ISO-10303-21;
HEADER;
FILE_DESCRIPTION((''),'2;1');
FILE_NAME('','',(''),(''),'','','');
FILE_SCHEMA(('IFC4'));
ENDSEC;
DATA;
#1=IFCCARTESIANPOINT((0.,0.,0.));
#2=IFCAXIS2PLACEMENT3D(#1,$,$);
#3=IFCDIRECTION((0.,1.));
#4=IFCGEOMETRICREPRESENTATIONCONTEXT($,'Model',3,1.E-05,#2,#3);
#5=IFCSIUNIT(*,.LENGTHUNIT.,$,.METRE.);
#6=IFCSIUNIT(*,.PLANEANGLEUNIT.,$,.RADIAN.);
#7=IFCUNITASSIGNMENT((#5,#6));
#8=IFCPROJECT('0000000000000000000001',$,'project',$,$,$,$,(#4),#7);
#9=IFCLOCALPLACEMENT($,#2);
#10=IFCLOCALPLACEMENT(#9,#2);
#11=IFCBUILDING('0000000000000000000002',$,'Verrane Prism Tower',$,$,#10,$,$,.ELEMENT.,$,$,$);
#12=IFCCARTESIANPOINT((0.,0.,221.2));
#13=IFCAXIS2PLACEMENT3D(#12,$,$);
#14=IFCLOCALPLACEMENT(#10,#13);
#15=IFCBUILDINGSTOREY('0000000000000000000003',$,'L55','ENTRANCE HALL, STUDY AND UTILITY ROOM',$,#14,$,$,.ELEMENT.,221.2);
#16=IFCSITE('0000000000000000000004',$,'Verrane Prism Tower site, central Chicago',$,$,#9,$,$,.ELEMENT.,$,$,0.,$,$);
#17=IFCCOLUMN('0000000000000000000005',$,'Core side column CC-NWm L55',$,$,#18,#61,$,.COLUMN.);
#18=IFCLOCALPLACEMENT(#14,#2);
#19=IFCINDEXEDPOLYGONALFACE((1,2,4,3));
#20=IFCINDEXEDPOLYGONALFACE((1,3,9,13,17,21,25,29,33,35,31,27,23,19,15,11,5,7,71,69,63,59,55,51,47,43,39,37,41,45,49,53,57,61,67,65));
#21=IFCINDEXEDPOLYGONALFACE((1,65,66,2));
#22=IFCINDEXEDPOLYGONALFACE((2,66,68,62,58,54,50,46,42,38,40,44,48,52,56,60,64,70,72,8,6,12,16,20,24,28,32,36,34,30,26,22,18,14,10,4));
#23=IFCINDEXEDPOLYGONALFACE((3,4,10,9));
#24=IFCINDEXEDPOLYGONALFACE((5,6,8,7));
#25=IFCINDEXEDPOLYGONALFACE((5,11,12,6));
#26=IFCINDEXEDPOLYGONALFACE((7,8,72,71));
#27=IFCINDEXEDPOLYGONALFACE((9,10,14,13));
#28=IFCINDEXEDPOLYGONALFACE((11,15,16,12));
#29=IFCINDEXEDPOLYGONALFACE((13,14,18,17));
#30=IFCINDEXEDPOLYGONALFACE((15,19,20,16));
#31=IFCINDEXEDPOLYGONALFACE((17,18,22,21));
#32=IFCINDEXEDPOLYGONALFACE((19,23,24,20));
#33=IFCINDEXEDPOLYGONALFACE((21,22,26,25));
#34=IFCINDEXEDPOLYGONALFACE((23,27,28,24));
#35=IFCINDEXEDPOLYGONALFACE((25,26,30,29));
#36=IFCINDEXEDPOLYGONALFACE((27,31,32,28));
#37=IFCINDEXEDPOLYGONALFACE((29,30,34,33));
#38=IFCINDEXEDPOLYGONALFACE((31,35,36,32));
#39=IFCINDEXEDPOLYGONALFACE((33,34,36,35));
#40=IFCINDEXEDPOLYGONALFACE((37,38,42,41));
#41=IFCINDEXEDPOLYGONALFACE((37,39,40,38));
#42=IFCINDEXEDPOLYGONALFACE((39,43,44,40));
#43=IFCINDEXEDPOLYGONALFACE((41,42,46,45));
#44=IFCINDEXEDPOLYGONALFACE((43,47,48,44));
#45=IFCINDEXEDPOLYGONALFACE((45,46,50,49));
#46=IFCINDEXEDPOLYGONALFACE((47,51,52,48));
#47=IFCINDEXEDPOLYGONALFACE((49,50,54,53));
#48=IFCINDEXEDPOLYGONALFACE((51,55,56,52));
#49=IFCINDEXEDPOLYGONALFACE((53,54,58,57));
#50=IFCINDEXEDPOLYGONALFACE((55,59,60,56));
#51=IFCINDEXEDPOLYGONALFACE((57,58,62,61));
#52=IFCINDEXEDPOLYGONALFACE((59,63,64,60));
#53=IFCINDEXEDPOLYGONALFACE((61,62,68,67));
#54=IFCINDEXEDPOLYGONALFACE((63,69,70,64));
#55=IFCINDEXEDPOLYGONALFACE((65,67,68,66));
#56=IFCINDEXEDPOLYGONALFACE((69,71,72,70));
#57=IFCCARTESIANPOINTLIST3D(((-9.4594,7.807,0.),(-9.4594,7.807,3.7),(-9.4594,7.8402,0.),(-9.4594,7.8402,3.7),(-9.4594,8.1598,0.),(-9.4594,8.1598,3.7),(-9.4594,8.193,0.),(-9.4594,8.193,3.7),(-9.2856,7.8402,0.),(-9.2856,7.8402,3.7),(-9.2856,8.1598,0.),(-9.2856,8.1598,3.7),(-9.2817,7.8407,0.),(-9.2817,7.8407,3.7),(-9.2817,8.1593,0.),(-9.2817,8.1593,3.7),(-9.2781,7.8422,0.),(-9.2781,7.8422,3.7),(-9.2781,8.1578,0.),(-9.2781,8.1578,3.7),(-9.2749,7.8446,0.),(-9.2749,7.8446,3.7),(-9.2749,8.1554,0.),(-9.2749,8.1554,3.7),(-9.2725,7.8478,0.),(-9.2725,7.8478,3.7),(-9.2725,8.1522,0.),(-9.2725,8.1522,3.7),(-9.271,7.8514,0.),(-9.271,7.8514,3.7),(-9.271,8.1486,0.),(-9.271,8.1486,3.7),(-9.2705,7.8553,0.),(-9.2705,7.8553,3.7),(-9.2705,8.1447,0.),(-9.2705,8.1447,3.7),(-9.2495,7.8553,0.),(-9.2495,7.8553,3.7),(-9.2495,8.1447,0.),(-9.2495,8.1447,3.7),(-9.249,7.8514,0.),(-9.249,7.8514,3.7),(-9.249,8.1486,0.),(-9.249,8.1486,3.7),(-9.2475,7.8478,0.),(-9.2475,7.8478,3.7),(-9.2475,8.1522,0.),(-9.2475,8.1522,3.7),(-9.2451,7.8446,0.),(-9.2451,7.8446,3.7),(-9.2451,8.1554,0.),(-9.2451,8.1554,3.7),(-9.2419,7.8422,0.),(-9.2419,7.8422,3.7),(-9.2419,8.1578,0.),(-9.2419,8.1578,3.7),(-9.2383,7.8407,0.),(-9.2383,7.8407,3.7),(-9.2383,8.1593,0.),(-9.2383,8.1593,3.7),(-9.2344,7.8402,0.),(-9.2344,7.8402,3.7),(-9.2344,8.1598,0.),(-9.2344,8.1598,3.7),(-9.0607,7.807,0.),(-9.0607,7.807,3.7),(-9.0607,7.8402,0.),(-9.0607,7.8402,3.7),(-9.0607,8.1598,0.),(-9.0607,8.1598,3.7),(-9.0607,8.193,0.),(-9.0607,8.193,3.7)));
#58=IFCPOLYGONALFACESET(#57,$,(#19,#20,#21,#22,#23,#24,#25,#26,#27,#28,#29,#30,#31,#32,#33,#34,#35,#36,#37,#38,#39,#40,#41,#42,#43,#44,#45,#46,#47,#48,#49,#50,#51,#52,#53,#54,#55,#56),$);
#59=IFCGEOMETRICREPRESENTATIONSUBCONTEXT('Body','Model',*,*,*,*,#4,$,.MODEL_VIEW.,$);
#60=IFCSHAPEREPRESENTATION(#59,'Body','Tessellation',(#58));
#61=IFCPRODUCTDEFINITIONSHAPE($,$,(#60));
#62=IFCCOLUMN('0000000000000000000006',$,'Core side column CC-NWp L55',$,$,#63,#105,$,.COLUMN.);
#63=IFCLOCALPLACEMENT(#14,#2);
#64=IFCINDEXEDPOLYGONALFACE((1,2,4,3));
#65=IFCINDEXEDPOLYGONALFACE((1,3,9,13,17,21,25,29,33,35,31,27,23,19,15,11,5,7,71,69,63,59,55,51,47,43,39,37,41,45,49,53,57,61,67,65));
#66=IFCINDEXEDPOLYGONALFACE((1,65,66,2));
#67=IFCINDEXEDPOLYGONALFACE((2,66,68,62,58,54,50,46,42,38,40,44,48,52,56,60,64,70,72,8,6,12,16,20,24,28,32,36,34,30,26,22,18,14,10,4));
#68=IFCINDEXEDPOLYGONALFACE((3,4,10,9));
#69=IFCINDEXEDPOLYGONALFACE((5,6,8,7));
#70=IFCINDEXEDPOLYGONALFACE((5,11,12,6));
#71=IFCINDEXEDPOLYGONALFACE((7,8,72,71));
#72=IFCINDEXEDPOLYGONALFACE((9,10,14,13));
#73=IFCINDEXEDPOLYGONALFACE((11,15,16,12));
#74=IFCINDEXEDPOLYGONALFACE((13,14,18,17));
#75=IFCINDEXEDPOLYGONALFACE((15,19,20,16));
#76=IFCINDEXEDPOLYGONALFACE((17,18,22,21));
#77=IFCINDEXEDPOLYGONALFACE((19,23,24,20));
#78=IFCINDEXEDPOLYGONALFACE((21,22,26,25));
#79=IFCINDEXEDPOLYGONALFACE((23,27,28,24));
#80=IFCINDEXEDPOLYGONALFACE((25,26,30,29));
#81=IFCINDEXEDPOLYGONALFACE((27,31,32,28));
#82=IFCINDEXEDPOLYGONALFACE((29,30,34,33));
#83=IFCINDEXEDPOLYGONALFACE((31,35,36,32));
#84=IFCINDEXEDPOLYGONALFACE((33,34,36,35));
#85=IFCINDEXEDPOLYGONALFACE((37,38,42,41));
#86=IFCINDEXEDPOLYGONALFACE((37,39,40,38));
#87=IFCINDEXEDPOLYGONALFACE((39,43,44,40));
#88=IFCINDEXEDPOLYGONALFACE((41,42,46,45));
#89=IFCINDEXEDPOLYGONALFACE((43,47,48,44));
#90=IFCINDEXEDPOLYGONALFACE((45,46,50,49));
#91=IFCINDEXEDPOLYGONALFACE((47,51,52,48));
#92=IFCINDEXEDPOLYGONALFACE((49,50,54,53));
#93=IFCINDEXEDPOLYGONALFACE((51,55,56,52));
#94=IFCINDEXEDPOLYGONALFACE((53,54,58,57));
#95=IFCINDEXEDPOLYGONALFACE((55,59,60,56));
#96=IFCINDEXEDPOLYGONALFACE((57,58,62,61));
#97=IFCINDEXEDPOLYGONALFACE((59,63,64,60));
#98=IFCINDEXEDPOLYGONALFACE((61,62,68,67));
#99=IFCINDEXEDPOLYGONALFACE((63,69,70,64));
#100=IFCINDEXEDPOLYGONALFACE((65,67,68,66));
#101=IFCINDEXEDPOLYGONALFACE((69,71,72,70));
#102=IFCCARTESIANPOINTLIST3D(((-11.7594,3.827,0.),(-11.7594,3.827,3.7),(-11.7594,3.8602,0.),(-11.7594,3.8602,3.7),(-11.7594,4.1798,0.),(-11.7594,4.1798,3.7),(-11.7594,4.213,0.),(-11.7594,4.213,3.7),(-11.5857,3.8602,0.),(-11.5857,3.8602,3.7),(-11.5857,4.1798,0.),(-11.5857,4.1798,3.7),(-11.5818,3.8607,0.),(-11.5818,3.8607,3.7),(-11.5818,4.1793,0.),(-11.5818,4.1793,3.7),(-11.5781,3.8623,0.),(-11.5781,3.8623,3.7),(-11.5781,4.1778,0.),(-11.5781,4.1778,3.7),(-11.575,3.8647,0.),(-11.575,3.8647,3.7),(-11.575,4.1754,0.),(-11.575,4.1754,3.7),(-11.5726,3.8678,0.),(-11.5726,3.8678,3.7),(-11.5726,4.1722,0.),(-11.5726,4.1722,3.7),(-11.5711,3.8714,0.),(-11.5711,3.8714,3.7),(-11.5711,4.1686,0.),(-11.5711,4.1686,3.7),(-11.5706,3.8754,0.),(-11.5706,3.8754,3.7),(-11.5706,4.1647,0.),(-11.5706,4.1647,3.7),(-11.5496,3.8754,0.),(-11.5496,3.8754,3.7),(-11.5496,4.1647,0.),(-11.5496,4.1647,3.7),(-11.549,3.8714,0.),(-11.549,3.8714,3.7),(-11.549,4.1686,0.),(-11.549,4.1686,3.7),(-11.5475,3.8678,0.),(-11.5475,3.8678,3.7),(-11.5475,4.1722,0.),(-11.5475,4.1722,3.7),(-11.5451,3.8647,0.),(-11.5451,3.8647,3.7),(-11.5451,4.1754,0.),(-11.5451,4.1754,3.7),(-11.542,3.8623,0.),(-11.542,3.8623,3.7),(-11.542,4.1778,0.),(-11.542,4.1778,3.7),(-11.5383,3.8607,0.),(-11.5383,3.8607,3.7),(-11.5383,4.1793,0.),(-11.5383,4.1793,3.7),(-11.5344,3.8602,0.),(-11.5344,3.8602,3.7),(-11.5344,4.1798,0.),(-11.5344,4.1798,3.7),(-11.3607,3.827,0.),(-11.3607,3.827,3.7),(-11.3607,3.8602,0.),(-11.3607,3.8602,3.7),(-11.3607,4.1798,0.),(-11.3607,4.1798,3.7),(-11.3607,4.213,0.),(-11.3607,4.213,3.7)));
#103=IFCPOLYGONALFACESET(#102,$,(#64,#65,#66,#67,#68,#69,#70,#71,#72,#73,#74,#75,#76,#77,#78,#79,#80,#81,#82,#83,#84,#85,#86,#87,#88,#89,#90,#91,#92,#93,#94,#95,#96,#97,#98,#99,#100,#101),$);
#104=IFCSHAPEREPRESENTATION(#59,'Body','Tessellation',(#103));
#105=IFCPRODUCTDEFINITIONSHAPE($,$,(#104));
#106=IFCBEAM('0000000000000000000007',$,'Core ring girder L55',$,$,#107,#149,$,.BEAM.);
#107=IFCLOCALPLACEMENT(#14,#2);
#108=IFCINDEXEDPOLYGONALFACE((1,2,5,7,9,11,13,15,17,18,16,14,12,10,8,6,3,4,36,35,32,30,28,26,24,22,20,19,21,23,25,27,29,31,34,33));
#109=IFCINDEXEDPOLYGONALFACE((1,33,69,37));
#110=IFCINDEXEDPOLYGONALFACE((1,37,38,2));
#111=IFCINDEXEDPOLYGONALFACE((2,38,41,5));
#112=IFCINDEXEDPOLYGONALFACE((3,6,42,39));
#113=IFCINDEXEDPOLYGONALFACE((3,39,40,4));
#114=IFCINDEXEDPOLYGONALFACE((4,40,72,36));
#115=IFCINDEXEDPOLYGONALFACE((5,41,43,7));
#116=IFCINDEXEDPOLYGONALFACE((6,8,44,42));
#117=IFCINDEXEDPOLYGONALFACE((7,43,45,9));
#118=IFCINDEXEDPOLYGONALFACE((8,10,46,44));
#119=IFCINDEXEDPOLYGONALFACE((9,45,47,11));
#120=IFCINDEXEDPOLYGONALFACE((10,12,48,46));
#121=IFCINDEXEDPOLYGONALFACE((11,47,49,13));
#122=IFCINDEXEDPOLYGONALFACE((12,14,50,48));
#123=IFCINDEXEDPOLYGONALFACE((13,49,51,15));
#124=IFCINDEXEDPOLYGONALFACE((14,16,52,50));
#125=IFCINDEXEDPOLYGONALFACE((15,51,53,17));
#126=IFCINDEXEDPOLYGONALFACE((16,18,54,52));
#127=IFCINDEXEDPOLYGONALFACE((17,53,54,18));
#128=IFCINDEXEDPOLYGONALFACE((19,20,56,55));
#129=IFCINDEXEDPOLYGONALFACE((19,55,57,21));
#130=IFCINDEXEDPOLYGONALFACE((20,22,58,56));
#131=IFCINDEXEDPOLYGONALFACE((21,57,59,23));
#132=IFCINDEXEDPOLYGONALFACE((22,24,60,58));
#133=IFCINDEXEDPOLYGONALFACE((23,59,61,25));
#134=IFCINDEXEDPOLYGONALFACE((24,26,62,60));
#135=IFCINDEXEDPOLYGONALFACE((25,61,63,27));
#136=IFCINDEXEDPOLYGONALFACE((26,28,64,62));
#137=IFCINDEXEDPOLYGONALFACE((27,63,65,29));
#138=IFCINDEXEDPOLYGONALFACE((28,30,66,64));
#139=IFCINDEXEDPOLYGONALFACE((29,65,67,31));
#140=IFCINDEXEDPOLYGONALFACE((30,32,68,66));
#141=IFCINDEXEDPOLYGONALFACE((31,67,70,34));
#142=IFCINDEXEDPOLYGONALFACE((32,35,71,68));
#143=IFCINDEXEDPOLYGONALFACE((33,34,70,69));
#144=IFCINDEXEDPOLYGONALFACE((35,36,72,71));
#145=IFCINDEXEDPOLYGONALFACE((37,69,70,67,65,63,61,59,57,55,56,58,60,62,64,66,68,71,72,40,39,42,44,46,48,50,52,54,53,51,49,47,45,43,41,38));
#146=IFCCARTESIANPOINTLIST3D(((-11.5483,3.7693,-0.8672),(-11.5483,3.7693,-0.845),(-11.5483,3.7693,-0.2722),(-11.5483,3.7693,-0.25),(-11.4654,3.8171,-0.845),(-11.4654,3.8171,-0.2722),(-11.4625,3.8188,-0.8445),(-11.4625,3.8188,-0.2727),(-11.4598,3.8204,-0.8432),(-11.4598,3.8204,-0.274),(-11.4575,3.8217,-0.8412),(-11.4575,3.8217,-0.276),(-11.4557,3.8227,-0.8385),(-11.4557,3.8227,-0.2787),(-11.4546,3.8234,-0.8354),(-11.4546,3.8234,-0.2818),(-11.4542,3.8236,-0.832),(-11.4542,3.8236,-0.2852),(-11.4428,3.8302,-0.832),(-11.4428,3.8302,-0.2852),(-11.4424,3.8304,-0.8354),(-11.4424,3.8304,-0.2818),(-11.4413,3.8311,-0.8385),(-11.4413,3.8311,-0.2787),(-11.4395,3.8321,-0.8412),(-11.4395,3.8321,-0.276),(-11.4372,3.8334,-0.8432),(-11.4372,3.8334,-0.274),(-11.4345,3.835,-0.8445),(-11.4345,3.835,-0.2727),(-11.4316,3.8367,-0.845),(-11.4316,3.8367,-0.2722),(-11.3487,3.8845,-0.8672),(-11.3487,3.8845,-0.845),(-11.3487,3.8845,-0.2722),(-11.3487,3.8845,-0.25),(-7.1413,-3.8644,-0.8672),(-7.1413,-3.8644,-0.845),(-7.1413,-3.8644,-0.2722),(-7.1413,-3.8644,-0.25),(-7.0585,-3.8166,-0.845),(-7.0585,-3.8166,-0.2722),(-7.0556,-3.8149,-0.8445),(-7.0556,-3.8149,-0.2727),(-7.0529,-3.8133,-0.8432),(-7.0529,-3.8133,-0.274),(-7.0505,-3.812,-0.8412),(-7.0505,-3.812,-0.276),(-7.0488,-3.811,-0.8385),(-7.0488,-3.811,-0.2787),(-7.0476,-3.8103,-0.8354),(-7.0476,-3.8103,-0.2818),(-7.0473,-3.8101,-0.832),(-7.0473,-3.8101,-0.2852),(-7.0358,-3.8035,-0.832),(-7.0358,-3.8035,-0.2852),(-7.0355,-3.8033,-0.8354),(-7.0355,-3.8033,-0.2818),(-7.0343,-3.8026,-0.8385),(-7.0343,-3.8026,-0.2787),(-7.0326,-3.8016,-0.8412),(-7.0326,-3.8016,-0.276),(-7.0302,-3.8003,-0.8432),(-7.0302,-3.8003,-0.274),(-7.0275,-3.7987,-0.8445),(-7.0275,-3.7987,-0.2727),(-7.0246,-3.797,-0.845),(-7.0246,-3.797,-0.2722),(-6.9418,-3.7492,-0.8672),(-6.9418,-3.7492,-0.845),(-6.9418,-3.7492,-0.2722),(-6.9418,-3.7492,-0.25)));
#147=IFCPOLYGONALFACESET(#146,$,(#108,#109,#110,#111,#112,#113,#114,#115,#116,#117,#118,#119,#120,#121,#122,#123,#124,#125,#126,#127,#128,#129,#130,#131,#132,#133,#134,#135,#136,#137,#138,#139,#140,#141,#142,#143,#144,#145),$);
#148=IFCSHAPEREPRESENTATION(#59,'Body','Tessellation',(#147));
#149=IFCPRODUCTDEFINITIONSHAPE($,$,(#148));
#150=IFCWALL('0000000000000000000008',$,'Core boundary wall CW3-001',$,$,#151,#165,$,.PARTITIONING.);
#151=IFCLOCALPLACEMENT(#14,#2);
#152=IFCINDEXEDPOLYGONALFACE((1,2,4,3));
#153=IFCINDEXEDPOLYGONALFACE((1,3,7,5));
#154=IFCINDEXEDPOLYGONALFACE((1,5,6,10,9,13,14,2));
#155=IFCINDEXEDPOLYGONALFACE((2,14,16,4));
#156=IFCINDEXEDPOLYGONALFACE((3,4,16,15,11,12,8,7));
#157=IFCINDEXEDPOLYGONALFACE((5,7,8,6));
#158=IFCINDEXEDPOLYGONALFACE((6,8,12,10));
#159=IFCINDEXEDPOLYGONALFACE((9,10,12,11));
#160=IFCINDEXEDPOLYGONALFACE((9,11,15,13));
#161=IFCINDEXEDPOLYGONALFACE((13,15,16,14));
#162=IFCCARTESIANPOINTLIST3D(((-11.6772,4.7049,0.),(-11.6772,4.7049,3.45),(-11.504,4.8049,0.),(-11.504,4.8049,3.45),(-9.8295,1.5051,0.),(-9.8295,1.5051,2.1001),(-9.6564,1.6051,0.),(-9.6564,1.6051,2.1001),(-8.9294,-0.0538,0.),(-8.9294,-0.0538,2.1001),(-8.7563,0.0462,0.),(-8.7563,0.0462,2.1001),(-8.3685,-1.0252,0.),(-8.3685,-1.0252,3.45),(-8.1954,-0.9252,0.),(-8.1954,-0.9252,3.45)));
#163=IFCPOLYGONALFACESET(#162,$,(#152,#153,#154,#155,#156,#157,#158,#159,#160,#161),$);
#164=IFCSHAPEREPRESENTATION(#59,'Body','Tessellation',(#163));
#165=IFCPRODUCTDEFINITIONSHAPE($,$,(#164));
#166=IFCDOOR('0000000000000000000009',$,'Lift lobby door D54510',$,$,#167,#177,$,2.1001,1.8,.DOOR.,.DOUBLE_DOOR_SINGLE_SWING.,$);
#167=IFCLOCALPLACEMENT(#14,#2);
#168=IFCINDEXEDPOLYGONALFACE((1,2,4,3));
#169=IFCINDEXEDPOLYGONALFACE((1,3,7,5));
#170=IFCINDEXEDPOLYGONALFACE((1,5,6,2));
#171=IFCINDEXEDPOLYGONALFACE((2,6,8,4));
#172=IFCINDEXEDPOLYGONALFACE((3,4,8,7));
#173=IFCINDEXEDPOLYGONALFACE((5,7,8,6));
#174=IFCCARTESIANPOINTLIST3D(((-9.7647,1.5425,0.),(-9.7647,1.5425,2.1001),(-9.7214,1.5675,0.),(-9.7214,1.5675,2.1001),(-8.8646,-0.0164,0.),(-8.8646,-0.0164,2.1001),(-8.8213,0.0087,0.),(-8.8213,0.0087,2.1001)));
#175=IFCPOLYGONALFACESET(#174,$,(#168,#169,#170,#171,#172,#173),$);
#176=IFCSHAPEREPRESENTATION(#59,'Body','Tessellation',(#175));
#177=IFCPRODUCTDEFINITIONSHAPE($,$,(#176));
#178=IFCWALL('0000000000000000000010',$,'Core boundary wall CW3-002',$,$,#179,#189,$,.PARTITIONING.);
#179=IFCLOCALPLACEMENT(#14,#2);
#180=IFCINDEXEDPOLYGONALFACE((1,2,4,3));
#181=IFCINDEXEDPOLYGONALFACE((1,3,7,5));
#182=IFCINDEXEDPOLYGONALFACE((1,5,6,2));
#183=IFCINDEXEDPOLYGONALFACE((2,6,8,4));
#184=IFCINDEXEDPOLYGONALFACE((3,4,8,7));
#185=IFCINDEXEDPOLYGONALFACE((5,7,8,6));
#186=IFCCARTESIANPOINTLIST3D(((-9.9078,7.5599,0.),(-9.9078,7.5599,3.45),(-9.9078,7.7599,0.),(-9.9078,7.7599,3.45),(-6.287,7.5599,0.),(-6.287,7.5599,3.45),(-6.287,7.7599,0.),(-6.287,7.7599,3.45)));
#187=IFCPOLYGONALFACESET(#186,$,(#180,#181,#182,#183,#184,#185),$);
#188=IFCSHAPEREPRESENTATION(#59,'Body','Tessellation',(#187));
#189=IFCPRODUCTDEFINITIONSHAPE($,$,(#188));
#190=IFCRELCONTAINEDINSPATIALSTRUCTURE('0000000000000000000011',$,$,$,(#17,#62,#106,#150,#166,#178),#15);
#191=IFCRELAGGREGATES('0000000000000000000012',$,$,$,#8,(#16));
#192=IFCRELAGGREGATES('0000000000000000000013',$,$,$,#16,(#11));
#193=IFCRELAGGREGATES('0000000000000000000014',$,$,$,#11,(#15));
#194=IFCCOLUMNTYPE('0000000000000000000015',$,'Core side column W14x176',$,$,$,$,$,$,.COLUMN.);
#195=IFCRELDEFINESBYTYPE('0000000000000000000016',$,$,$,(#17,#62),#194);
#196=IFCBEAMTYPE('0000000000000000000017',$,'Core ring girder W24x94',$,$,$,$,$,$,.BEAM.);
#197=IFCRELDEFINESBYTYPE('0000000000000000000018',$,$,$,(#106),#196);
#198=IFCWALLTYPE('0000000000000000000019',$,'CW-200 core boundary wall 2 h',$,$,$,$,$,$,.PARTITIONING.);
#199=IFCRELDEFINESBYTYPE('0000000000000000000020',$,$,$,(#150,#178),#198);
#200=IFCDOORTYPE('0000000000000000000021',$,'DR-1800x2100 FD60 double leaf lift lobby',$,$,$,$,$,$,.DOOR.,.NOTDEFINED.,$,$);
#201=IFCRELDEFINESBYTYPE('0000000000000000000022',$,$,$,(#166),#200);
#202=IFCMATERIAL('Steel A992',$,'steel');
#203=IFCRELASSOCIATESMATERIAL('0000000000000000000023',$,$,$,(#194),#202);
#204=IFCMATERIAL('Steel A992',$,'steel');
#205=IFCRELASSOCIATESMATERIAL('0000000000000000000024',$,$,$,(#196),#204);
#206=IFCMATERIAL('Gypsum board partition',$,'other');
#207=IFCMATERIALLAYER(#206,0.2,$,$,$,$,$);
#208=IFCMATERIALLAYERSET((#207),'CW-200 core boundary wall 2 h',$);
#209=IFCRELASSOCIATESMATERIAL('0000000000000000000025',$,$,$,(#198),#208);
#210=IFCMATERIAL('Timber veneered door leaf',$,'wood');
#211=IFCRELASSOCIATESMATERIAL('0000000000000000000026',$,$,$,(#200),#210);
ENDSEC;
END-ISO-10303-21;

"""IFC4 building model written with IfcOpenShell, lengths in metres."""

from ifc_helpers import new_model, si_unit, direction, frame, frame_2d, origin, origin_2d, place, context, subcontext, project, spatial, rectangle, i_section, extrude, material, layer, layer_set, material_profile, profile_set, type_object, element, fill, save


model = new_model("IFC4")

# Units and contexts
model_context = context("Model", 3, precision=1e-05, world=origin(), true_north=direction((0.0, 1.0)))
body_context = subcontext(model_context, "Body", "Model", "MODEL_VIEW")
ifc_project = project(units=[si_unit("LENGTHUNIT", "METRE"), si_unit("PLANEANGLEUNIT", "RADIAN")], contexts=[model_context])

# Site, building, storey
site_placement = place(None, origin())
site = spatial("IfcSite", under=ifc_project, at=site_placement, Name="Verrane Prism Tower site, central Chicago", CompositionType="ELEMENT", RefElevation=0.0)
building_placement = place(site_placement, origin())
building = spatial("IfcBuilding", under=site, at=building_placement, Name="Verrane Prism Tower", CompositionType="ELEMENT")
storey_placement = place(building_placement, frame((0.0, 0.0, 221.2)))
storey = spatial("IfcBuildingStorey", under=building, at=storey_placement, Name="L55", Description="ENTRANCE HALL, STUDY AND UTILITY ROOM", CompositionType="ELEMENT", Elevation=221.2)

# Columns
ifc_material_1 = material(Name="Steel A992", Category="steel")
ifc_material_profile_1 = material_profile(ifc_material_1, i_section(OverallWidth=0.3987, OverallDepth=0.386, WebThickness=0.021, FlangeThickness=0.0332, FilletRadius=0.0151, at=origin_2d()), Name="W14x176")
ifc_profile_set_1 = profile_set([ifc_material_profile_1], Name="Steel A992")
column_type = type_object("IfcColumnType", Name="Core side column W14x176", PredefinedType="COLUMN", material=ifc_profile_set_1)
for number, where, z_axis, x_axis, name in (
    (1, (-9.26, 8.0, 0.0), (0.0, 0.0, 1.0), (1.0, 0.0, 0.0), "Core side column CC-NWm L55"),
    (2, (-11.5601, 4.02, 0.0), (0.0, 0.0, 1.0), (1.0, 0.0, 0.0), "Core side column CC-NWp L55"),
):
    element("IfcColumn", number, at=place(storey_placement, frame(where, z_axis=z_axis, x_axis=x_axis)), inside=storey, type_object=column_type, Name=name, PredefinedType="COLUMN", context=body_context, shape_type="SweptSolid", body=[
        extrude(i_section(OverallWidth=0.3987, OverallDepth=0.386, WebThickness=0.021, FlangeThickness=0.0332, FilletRadius=0.0151, at=origin_2d()), origin(), (0.0, 0.0, 1.0), 3.7),
    ])

# Beam
ifc_material_2 = material(Name="Steel A992", Category="steel")
ifc_material_profile_2 = material_profile(ifc_material_2, i_section(OverallWidth=0.2305, OverallDepth=0.6172, WebThickness=0.0132, FlangeThickness=0.0222, FilletRadius=0.0129, at=origin_2d()), Name="W24x94")
ifc_profile_set_2 = profile_set([ifc_material_profile_2], Name="Steel A992")
beam_type = type_object("IfcBeamType", Name="Core ring girder W24x94", PredefinedType="BEAM", material=ifc_profile_set_2)
beam_placement = place(storey_placement, frame((-11.4485, 3.8269, -0.5586), z_axis=(0.499967, -0.866044, 0.0), x_axis=(0.866044, 0.499967, 0.0)))
element("IfcBeam", 3, at=beam_placement, inside=storey, type_object=beam_type, Name="Core ring girder L55", PredefinedType="BEAM", context=body_context, shape_type="SweptSolid", body=[
    extrude(i_section(OverallWidth=0.2305, OverallDepth=0.6172, WebThickness=0.0132, FlangeThickness=0.0222, FilletRadius=0.0129, at=origin_2d()), origin(), (0.0, 0.0, 1.0), 8.8145),
])

# Wall, opening, door
ifc_material_3 = material(Name="Gypsum board partition", Category="other")
ifc_layer_1 = layer(ifc_material_3, 0.2)
ifc_layer_set_1 = layer_set([ifc_layer_1], Name="CW-200 core boundary wall 2 h")
wall_type_1 = type_object("IfcWallType", Name="CW-200 core boundary wall 2 h", PredefinedType="PARTITIONING", material=ifc_layer_set_1)
wall_1_placement = place(storey_placement, frame((-11.5906, 4.7549, 0.0), z_axis=(0.0, 0.0, 1.0), x_axis=(0.500044, -0.866, 0.0)))
wall_1 = element("IfcWall", 4, at=wall_1_placement, inside=storey, type_object=wall_type_1, Name="Core boundary wall CW3-001", PredefinedType="PARTITIONING", context=body_context, shape_type="SweptSolid", body=[
    extrude(rectangle(XDim=6.6167, YDim=0.2, at=frame_2d((3.3083, 0.0))), origin(), (0.0, 0.0, 1.0), 3.45),
])
opening_1_placement = place(wall_1_placement, frame((3.6951, 0.0, 0.0)))
opening_1 = element("IfcOpeningElement", 5, at=opening_1_placement, cuts=wall_1, PredefinedType="OPENING", context=body_context, shape_type="SweptSolid", body=[
    extrude(rectangle(XDim=1.8, YDim=2.1001, at=frame_2d((0.8999, 1.05))), frame((0.0, 0.1099, 0.0), z_axis=(0.0, -1.0, 0.0), x_axis=(1.0, 0.0, 0.0)), (0.0, 0.0, 1.0), 0.22),
])
ifc_material_4 = material(Name="Timber veneered door leaf", Category="wood")
door_type_1 = type_object("IfcDoorType", Name="DR-1800x2100 FD60 double leaf lift lobby", OperationType="NOTDEFINED", PredefinedType="DOOR", material=ifc_material_4)
door_1_placement = place(opening_1_placement, origin())
door_1 = element("IfcDoor", 6, at=door_1_placement, inside=storey, type_object=door_type_1, Name="Lift lobby door D54510", OperationType="DOUBLE_DOOR_SINGLE_SWING", OverallHeight=2.1001, OverallWidth=1.8, PredefinedType="DOOR", context=body_context, shape_type="SweptSolid", body=[
    extrude(rectangle(XDim=1.8, YDim=2.1001, at=frame_2d((0.8999, 1.05))), frame((0.0, 0.0249, 0.0), z_axis=(0.0, -1.0, 0.0), x_axis=(1.0, 0.0, 0.0)), (0.0, 0.0, 1.0), 0.05),
])
fill(opening_1, door_1)

# Wall
wall_2_placement = place(storey_placement, frame((-9.908, 7.6599, 0.0), z_axis=(0.0, 0.0, 1.0), x_axis=(1.0, 0.0, 0.0)))
element("IfcWall", 7, at=wall_2_placement, inside=storey, type_object=wall_type_1, Name="Core boundary wall CW3-002", PredefinedType="PARTITIONING", context=body_context, shape_type="SweptSolid", body=[
    extrude(rectangle(XDim=3.6208, YDim=0.2, at=frame_2d((1.8105, 0.0))), origin(), (0.0, 0.0, 1.0), 3.45),
])

save(model, "model.ifc")
